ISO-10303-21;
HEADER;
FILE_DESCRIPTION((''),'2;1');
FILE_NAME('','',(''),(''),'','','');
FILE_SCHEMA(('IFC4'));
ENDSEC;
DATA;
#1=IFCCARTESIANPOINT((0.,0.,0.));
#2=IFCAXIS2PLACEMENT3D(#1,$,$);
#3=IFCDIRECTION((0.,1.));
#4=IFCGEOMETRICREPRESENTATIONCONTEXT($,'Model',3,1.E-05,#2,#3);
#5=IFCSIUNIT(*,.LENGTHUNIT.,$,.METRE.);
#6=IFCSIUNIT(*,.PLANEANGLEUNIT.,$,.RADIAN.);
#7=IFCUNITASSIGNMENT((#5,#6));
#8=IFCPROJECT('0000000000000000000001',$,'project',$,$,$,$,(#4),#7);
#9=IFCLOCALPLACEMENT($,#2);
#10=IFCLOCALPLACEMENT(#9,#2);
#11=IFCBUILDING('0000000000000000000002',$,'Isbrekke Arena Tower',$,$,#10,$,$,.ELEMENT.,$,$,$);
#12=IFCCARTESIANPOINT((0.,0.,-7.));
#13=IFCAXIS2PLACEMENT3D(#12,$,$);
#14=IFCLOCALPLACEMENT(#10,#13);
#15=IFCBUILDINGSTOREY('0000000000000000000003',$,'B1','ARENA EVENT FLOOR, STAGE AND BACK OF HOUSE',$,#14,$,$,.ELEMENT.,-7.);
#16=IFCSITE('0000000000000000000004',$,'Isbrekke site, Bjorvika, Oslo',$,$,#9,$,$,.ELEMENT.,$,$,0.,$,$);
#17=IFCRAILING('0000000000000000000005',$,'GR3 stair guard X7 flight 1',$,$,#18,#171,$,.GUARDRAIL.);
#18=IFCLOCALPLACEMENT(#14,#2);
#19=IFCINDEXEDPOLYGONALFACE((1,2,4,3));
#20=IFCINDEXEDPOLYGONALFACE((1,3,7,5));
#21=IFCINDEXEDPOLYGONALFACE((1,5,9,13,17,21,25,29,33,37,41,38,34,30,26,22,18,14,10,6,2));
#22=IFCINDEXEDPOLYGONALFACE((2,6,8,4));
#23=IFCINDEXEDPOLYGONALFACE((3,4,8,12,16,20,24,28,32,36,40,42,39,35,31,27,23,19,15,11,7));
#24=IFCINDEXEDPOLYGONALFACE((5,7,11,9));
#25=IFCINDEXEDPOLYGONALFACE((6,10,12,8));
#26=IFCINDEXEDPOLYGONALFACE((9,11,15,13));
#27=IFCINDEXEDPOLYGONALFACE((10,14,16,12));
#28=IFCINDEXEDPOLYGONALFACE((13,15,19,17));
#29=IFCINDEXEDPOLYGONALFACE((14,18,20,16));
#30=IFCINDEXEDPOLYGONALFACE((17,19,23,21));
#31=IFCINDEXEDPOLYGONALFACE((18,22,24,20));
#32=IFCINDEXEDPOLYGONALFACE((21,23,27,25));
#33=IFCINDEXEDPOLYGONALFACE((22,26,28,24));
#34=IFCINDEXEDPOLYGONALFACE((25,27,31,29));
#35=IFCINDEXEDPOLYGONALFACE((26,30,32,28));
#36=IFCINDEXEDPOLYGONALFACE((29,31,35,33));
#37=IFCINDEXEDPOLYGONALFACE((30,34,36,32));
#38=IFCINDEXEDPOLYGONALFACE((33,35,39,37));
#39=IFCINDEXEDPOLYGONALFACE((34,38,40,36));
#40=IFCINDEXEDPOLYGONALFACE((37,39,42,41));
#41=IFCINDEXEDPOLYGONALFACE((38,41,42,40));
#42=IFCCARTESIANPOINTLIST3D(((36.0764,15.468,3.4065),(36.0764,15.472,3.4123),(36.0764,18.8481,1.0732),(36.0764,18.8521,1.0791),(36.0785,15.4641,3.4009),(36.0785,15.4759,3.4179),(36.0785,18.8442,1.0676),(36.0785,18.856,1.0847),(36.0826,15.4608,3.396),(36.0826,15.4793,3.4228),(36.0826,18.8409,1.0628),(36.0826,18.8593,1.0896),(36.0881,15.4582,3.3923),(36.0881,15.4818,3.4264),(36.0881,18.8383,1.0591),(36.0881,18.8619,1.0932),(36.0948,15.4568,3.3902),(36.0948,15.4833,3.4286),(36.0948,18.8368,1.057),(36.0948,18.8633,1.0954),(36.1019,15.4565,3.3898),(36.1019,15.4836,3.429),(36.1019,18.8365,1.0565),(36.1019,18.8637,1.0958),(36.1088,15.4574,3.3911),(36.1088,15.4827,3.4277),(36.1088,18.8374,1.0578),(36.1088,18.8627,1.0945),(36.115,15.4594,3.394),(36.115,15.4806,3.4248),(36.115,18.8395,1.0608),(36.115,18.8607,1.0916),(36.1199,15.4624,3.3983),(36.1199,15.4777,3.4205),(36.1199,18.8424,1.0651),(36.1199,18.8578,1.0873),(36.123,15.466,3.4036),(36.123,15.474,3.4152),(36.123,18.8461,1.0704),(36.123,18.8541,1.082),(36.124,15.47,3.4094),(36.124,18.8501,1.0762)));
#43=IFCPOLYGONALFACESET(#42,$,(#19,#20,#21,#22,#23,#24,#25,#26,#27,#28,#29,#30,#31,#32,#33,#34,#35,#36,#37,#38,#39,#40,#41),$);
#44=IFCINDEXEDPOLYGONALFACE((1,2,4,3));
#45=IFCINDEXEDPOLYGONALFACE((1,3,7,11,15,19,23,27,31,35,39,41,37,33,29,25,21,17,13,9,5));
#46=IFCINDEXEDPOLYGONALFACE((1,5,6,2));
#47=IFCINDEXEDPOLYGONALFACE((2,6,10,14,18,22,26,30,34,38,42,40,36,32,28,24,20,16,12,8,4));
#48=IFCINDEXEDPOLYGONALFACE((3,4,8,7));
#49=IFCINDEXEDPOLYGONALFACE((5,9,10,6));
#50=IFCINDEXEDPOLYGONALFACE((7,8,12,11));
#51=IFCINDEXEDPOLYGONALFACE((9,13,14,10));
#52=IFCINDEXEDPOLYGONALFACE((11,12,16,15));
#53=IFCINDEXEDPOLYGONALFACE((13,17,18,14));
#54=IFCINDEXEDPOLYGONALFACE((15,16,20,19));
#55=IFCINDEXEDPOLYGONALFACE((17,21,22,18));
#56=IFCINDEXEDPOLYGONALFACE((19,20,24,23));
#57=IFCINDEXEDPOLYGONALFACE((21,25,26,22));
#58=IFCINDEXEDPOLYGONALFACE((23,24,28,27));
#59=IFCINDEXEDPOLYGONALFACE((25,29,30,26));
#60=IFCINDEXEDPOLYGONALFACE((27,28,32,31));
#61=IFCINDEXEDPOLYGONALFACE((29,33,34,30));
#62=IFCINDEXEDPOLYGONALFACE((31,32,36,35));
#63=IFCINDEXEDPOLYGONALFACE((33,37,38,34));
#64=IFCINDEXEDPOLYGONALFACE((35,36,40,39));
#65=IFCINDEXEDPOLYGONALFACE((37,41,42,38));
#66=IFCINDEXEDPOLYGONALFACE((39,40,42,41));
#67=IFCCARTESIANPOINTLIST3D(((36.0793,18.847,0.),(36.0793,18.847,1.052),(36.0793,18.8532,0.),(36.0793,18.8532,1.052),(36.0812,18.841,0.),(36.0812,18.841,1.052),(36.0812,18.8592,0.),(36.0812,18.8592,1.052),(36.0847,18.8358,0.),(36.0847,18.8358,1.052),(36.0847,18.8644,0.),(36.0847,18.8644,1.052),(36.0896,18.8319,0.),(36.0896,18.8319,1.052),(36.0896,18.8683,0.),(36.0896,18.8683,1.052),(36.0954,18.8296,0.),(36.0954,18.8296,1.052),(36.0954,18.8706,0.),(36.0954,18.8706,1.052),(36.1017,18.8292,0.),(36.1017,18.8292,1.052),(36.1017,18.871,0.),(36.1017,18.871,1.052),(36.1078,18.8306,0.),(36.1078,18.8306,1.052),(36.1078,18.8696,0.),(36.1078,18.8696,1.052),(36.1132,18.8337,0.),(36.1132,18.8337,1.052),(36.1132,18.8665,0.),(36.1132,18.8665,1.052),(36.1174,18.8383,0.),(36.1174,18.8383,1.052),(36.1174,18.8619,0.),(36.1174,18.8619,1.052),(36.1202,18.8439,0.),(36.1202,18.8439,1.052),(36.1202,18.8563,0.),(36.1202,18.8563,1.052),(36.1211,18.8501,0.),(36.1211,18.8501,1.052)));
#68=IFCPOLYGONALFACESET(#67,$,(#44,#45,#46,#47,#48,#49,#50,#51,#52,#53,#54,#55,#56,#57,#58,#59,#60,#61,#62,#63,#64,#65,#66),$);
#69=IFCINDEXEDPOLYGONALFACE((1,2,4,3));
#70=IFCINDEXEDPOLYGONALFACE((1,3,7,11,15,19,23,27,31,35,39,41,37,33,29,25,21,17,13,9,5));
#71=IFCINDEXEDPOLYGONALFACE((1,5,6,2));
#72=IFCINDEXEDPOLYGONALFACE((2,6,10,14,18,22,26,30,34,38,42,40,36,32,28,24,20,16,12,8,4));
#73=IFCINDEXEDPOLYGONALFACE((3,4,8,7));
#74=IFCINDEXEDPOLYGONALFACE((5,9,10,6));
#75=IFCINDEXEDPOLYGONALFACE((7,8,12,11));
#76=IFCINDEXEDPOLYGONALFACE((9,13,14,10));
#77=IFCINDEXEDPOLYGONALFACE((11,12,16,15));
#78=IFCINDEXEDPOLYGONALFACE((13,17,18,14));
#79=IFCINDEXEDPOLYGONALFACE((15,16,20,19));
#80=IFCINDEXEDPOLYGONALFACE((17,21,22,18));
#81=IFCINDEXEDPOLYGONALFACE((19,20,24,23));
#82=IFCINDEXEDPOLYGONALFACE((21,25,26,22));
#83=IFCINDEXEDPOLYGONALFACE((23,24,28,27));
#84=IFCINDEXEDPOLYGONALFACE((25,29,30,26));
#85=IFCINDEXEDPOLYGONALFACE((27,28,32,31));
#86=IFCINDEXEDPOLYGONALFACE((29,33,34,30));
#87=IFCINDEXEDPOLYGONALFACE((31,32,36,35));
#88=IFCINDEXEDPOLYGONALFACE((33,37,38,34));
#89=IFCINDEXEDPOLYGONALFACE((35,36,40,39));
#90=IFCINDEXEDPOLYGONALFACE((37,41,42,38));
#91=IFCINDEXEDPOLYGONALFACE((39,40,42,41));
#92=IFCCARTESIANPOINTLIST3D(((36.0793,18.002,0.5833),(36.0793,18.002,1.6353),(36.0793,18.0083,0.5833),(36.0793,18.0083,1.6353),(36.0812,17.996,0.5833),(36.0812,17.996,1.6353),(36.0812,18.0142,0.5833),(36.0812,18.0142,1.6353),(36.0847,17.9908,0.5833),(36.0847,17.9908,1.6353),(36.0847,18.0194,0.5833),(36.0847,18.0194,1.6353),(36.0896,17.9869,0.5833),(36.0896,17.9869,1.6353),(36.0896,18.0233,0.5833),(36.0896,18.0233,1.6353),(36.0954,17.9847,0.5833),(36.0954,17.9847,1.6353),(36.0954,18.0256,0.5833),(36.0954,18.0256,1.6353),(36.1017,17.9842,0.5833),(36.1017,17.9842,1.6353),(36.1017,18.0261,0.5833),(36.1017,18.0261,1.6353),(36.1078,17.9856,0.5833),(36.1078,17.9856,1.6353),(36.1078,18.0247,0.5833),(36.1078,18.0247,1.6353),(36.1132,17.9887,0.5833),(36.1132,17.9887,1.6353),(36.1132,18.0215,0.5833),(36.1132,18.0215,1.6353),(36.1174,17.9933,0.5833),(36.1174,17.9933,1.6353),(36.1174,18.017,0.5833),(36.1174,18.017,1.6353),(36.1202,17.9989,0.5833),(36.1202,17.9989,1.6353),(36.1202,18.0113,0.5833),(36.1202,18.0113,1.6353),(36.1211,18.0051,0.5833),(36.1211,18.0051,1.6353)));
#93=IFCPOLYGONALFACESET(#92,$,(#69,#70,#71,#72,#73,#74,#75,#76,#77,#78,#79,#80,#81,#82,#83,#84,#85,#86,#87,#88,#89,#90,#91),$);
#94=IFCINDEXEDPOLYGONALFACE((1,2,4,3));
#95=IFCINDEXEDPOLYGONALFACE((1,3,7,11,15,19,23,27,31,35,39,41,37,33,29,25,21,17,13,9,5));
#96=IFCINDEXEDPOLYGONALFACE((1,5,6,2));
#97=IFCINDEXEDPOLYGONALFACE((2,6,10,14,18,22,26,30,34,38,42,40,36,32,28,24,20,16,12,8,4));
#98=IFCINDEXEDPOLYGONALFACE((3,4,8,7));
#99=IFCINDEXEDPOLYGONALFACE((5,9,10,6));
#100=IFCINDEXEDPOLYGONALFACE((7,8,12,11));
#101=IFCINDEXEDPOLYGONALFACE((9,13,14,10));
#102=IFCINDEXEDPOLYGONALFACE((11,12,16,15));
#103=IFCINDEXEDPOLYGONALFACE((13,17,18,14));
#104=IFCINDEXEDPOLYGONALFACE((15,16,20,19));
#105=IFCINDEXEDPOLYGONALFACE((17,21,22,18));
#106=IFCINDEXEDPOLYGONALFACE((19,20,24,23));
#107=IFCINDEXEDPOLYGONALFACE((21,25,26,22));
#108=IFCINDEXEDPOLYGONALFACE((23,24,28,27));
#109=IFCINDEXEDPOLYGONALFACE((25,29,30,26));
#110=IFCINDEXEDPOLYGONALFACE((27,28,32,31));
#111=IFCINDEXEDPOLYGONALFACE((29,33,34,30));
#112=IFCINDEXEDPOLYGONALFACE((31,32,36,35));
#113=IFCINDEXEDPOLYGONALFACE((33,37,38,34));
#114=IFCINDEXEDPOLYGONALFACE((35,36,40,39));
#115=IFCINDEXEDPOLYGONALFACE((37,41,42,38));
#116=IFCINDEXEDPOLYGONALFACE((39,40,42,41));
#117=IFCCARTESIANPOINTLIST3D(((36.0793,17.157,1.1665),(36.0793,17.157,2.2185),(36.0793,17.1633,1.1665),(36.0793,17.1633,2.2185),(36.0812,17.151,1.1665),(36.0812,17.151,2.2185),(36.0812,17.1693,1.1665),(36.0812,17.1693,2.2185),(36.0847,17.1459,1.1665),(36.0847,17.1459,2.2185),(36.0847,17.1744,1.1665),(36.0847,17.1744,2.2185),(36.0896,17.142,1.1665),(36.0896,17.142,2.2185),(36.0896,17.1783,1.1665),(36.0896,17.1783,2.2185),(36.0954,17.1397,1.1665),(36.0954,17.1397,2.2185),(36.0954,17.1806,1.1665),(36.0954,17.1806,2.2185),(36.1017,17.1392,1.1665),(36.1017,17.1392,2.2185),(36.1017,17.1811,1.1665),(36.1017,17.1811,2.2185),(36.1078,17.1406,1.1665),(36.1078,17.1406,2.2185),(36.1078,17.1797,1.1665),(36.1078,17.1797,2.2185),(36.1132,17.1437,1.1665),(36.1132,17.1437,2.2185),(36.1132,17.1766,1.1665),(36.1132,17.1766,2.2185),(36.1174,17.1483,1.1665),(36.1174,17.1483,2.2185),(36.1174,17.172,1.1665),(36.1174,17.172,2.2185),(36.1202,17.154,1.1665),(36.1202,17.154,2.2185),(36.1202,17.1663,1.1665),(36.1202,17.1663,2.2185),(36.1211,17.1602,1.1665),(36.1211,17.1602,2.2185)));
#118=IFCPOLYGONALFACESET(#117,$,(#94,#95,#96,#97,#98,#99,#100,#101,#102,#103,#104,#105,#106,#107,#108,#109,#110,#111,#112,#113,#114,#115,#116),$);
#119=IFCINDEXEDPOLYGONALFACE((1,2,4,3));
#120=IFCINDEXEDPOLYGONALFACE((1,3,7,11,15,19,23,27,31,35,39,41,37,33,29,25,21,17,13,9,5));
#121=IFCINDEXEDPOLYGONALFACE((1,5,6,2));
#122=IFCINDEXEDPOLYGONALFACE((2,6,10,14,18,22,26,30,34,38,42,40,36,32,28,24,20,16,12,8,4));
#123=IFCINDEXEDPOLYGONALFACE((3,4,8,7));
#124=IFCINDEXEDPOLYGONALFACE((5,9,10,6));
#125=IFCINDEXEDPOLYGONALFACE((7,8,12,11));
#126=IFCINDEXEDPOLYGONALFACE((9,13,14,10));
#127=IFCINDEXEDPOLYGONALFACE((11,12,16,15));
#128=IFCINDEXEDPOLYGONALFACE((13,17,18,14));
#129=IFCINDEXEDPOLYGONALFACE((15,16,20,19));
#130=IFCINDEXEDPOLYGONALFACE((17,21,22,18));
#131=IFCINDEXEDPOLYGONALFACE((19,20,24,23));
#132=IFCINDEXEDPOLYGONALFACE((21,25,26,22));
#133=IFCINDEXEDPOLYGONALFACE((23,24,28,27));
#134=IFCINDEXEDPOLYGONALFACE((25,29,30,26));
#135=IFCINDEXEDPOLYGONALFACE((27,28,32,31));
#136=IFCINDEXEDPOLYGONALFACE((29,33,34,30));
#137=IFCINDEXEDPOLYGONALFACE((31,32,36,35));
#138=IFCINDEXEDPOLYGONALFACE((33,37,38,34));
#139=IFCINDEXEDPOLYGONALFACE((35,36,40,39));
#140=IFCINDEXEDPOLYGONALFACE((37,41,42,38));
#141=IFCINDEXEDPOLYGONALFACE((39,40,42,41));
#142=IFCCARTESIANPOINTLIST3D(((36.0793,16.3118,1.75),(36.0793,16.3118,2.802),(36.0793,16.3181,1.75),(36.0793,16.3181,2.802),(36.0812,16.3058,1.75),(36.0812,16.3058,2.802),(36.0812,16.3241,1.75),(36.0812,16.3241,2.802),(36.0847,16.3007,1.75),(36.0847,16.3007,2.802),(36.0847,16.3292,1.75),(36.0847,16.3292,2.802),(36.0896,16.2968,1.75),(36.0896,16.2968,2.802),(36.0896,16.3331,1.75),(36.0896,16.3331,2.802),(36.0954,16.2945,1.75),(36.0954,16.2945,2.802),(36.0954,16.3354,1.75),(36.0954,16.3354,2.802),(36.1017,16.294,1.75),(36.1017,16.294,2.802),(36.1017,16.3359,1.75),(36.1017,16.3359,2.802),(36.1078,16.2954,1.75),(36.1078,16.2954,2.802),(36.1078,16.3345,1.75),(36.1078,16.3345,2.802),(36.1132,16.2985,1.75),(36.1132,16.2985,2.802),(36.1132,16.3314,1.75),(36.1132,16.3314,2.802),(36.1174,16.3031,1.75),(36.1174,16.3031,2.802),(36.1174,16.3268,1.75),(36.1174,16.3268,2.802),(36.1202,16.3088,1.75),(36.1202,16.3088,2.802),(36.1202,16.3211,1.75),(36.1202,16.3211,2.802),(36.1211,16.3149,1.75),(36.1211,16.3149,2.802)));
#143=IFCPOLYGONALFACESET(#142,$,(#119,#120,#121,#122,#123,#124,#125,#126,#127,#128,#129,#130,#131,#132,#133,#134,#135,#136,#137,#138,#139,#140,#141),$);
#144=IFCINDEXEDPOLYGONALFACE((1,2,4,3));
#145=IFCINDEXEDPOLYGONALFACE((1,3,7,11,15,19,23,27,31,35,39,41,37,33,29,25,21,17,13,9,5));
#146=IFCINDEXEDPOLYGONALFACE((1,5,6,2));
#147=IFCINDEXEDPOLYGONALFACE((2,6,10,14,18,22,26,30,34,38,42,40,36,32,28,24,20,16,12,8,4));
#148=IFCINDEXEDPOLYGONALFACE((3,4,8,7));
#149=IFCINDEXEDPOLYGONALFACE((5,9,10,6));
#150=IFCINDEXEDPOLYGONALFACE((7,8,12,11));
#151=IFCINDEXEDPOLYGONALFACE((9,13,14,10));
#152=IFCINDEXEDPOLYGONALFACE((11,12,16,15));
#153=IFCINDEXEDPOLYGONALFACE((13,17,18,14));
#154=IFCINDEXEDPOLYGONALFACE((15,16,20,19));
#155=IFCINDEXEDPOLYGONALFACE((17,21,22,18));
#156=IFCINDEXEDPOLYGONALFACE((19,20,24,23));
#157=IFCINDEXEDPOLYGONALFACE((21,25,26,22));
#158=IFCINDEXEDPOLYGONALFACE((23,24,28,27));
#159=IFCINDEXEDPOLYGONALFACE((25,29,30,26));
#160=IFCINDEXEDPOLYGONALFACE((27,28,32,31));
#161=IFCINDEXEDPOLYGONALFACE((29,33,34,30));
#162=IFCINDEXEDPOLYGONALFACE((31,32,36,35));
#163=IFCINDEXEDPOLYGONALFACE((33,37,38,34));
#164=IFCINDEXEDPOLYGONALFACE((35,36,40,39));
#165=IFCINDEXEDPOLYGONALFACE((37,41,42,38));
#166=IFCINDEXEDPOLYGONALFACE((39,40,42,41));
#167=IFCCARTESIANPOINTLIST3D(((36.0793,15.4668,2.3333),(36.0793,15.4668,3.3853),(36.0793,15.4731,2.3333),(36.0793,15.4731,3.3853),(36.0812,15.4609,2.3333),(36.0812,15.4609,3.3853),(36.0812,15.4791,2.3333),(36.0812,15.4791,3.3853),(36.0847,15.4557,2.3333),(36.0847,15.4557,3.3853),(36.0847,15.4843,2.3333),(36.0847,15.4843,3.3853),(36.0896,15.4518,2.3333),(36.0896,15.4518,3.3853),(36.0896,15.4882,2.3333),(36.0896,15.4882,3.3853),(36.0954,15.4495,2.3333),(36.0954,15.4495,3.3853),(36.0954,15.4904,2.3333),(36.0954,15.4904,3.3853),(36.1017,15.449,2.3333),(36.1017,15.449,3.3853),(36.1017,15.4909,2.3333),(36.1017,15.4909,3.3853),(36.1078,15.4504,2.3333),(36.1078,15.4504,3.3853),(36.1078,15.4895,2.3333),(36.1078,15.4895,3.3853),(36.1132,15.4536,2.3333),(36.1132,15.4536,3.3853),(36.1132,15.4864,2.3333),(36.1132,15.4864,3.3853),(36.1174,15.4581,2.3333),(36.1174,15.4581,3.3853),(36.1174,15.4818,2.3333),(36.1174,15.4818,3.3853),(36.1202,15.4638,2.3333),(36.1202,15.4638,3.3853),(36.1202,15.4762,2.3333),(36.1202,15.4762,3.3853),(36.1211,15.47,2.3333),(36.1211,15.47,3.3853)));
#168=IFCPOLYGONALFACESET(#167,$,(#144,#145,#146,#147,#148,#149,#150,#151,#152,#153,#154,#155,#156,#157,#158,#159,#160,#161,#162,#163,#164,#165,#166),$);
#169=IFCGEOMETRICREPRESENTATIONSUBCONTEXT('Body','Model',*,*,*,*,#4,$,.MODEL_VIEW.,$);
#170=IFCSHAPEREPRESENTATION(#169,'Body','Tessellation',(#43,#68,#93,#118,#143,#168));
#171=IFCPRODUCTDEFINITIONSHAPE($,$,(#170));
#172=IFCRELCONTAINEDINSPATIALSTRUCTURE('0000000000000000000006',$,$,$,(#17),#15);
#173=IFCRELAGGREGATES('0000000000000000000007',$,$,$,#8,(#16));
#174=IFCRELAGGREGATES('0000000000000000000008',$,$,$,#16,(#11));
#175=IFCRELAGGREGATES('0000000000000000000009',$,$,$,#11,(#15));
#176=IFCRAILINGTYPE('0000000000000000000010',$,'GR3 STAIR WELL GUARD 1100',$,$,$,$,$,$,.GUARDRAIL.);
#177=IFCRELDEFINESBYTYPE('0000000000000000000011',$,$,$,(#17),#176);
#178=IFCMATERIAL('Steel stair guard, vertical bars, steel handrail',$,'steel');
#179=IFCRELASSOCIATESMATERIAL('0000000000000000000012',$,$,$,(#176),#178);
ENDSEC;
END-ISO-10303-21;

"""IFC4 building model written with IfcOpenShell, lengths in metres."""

from ifc_helpers import new_model, si_unit, direction, frame, origin, origin_2d, place, context, subcontext, project, spatial, circle, extrude, material, type_object, element, save


model = new_model("IFC4")

# Units and contexts
model_context = context("Model", 3, precision=1e-05, world=origin(), true_north=direction((0.0, 1.0)))
body_context = subcontext(model_context, "Body", "Model", "MODEL_VIEW")
ifc_project = project(units=[si_unit("LENGTHUNIT", "METRE"), si_unit("PLANEANGLEUNIT", "RADIAN")], contexts=[model_context])

# Site, building, storey
site_placement = place(None, origin())
site = spatial("IfcSite", under=ifc_project, at=site_placement, Name="Isbrekke site, Bjorvika, Oslo", CompositionType="ELEMENT", RefElevation=0.0)
building_placement = place(site_placement, origin())
building = spatial("IfcBuilding", under=site, at=building_placement, Name="Isbrekke Arena Tower", CompositionType="ELEMENT")
storey_placement = place(building_placement, frame((0.0, 0.0, -7.0)))
storey = spatial("IfcBuildingStorey", under=building, at=storey_placement, Name="B1", Description="ARENA EVENT FLOOR, STAGE AND BACK OF HOUSE", CompositionType="ELEMENT", Elevation=-7.0)

# Railing
ifc_material_1 = material(Name="Steel stair guard, vertical bars, steel handrail", Category="steel")
railing_type = type_object("IfcRailingType", Name="GR3 STAIR WELL GUARD 1100", PredefinedType="GUARDRAIL", material=ifc_material_1)
railing_placement = place(storey_placement, frame((36.1001, 18.8501, 0.0)))
element("IfcRailing", 1, at=railing_placement, inside=storey, type_object=railing_type, Name="GR3 stair guard X7 flight 1", PredefinedType="GUARDRAIL", context=body_context, shape_type="SweptSolid", body=[
    extrude(circle(Radius=0.0239, at=origin_2d()), frame((0.0, 0.0, 1.0762), z_axis=(0.0, -0.82297, 0.568084), x_axis=(1.0, 0.0, 0.0)), (0.0, 0.0, 1.0), 4.1072),
    extrude(circle(Radius=0.021, at=origin_2d()), origin(), (0.0, 0.0, 1.0), 1.052),
    extrude(circle(Radius=0.021, at=origin_2d()), frame((0.0, -0.845, 0.5833)), (0.0, 0.0, 1.0), 1.052),
    extrude(circle(Radius=0.021, at=origin_2d()), frame((0.0, -1.6899, 1.1665)), (0.0, 0.0, 1.0), 1.052),
    extrude(circle(Radius=0.021, at=origin_2d()), frame((0.0, -2.5352, 1.75)), (0.0, 0.0, 1.0), 1.052),
    extrude(circle(Radius=0.021, at=origin_2d()), frame((0.0, -3.3801, 2.3333)), (0.0, 0.0, 1.0), 1.052),
])

save(model, "model.ifc")
